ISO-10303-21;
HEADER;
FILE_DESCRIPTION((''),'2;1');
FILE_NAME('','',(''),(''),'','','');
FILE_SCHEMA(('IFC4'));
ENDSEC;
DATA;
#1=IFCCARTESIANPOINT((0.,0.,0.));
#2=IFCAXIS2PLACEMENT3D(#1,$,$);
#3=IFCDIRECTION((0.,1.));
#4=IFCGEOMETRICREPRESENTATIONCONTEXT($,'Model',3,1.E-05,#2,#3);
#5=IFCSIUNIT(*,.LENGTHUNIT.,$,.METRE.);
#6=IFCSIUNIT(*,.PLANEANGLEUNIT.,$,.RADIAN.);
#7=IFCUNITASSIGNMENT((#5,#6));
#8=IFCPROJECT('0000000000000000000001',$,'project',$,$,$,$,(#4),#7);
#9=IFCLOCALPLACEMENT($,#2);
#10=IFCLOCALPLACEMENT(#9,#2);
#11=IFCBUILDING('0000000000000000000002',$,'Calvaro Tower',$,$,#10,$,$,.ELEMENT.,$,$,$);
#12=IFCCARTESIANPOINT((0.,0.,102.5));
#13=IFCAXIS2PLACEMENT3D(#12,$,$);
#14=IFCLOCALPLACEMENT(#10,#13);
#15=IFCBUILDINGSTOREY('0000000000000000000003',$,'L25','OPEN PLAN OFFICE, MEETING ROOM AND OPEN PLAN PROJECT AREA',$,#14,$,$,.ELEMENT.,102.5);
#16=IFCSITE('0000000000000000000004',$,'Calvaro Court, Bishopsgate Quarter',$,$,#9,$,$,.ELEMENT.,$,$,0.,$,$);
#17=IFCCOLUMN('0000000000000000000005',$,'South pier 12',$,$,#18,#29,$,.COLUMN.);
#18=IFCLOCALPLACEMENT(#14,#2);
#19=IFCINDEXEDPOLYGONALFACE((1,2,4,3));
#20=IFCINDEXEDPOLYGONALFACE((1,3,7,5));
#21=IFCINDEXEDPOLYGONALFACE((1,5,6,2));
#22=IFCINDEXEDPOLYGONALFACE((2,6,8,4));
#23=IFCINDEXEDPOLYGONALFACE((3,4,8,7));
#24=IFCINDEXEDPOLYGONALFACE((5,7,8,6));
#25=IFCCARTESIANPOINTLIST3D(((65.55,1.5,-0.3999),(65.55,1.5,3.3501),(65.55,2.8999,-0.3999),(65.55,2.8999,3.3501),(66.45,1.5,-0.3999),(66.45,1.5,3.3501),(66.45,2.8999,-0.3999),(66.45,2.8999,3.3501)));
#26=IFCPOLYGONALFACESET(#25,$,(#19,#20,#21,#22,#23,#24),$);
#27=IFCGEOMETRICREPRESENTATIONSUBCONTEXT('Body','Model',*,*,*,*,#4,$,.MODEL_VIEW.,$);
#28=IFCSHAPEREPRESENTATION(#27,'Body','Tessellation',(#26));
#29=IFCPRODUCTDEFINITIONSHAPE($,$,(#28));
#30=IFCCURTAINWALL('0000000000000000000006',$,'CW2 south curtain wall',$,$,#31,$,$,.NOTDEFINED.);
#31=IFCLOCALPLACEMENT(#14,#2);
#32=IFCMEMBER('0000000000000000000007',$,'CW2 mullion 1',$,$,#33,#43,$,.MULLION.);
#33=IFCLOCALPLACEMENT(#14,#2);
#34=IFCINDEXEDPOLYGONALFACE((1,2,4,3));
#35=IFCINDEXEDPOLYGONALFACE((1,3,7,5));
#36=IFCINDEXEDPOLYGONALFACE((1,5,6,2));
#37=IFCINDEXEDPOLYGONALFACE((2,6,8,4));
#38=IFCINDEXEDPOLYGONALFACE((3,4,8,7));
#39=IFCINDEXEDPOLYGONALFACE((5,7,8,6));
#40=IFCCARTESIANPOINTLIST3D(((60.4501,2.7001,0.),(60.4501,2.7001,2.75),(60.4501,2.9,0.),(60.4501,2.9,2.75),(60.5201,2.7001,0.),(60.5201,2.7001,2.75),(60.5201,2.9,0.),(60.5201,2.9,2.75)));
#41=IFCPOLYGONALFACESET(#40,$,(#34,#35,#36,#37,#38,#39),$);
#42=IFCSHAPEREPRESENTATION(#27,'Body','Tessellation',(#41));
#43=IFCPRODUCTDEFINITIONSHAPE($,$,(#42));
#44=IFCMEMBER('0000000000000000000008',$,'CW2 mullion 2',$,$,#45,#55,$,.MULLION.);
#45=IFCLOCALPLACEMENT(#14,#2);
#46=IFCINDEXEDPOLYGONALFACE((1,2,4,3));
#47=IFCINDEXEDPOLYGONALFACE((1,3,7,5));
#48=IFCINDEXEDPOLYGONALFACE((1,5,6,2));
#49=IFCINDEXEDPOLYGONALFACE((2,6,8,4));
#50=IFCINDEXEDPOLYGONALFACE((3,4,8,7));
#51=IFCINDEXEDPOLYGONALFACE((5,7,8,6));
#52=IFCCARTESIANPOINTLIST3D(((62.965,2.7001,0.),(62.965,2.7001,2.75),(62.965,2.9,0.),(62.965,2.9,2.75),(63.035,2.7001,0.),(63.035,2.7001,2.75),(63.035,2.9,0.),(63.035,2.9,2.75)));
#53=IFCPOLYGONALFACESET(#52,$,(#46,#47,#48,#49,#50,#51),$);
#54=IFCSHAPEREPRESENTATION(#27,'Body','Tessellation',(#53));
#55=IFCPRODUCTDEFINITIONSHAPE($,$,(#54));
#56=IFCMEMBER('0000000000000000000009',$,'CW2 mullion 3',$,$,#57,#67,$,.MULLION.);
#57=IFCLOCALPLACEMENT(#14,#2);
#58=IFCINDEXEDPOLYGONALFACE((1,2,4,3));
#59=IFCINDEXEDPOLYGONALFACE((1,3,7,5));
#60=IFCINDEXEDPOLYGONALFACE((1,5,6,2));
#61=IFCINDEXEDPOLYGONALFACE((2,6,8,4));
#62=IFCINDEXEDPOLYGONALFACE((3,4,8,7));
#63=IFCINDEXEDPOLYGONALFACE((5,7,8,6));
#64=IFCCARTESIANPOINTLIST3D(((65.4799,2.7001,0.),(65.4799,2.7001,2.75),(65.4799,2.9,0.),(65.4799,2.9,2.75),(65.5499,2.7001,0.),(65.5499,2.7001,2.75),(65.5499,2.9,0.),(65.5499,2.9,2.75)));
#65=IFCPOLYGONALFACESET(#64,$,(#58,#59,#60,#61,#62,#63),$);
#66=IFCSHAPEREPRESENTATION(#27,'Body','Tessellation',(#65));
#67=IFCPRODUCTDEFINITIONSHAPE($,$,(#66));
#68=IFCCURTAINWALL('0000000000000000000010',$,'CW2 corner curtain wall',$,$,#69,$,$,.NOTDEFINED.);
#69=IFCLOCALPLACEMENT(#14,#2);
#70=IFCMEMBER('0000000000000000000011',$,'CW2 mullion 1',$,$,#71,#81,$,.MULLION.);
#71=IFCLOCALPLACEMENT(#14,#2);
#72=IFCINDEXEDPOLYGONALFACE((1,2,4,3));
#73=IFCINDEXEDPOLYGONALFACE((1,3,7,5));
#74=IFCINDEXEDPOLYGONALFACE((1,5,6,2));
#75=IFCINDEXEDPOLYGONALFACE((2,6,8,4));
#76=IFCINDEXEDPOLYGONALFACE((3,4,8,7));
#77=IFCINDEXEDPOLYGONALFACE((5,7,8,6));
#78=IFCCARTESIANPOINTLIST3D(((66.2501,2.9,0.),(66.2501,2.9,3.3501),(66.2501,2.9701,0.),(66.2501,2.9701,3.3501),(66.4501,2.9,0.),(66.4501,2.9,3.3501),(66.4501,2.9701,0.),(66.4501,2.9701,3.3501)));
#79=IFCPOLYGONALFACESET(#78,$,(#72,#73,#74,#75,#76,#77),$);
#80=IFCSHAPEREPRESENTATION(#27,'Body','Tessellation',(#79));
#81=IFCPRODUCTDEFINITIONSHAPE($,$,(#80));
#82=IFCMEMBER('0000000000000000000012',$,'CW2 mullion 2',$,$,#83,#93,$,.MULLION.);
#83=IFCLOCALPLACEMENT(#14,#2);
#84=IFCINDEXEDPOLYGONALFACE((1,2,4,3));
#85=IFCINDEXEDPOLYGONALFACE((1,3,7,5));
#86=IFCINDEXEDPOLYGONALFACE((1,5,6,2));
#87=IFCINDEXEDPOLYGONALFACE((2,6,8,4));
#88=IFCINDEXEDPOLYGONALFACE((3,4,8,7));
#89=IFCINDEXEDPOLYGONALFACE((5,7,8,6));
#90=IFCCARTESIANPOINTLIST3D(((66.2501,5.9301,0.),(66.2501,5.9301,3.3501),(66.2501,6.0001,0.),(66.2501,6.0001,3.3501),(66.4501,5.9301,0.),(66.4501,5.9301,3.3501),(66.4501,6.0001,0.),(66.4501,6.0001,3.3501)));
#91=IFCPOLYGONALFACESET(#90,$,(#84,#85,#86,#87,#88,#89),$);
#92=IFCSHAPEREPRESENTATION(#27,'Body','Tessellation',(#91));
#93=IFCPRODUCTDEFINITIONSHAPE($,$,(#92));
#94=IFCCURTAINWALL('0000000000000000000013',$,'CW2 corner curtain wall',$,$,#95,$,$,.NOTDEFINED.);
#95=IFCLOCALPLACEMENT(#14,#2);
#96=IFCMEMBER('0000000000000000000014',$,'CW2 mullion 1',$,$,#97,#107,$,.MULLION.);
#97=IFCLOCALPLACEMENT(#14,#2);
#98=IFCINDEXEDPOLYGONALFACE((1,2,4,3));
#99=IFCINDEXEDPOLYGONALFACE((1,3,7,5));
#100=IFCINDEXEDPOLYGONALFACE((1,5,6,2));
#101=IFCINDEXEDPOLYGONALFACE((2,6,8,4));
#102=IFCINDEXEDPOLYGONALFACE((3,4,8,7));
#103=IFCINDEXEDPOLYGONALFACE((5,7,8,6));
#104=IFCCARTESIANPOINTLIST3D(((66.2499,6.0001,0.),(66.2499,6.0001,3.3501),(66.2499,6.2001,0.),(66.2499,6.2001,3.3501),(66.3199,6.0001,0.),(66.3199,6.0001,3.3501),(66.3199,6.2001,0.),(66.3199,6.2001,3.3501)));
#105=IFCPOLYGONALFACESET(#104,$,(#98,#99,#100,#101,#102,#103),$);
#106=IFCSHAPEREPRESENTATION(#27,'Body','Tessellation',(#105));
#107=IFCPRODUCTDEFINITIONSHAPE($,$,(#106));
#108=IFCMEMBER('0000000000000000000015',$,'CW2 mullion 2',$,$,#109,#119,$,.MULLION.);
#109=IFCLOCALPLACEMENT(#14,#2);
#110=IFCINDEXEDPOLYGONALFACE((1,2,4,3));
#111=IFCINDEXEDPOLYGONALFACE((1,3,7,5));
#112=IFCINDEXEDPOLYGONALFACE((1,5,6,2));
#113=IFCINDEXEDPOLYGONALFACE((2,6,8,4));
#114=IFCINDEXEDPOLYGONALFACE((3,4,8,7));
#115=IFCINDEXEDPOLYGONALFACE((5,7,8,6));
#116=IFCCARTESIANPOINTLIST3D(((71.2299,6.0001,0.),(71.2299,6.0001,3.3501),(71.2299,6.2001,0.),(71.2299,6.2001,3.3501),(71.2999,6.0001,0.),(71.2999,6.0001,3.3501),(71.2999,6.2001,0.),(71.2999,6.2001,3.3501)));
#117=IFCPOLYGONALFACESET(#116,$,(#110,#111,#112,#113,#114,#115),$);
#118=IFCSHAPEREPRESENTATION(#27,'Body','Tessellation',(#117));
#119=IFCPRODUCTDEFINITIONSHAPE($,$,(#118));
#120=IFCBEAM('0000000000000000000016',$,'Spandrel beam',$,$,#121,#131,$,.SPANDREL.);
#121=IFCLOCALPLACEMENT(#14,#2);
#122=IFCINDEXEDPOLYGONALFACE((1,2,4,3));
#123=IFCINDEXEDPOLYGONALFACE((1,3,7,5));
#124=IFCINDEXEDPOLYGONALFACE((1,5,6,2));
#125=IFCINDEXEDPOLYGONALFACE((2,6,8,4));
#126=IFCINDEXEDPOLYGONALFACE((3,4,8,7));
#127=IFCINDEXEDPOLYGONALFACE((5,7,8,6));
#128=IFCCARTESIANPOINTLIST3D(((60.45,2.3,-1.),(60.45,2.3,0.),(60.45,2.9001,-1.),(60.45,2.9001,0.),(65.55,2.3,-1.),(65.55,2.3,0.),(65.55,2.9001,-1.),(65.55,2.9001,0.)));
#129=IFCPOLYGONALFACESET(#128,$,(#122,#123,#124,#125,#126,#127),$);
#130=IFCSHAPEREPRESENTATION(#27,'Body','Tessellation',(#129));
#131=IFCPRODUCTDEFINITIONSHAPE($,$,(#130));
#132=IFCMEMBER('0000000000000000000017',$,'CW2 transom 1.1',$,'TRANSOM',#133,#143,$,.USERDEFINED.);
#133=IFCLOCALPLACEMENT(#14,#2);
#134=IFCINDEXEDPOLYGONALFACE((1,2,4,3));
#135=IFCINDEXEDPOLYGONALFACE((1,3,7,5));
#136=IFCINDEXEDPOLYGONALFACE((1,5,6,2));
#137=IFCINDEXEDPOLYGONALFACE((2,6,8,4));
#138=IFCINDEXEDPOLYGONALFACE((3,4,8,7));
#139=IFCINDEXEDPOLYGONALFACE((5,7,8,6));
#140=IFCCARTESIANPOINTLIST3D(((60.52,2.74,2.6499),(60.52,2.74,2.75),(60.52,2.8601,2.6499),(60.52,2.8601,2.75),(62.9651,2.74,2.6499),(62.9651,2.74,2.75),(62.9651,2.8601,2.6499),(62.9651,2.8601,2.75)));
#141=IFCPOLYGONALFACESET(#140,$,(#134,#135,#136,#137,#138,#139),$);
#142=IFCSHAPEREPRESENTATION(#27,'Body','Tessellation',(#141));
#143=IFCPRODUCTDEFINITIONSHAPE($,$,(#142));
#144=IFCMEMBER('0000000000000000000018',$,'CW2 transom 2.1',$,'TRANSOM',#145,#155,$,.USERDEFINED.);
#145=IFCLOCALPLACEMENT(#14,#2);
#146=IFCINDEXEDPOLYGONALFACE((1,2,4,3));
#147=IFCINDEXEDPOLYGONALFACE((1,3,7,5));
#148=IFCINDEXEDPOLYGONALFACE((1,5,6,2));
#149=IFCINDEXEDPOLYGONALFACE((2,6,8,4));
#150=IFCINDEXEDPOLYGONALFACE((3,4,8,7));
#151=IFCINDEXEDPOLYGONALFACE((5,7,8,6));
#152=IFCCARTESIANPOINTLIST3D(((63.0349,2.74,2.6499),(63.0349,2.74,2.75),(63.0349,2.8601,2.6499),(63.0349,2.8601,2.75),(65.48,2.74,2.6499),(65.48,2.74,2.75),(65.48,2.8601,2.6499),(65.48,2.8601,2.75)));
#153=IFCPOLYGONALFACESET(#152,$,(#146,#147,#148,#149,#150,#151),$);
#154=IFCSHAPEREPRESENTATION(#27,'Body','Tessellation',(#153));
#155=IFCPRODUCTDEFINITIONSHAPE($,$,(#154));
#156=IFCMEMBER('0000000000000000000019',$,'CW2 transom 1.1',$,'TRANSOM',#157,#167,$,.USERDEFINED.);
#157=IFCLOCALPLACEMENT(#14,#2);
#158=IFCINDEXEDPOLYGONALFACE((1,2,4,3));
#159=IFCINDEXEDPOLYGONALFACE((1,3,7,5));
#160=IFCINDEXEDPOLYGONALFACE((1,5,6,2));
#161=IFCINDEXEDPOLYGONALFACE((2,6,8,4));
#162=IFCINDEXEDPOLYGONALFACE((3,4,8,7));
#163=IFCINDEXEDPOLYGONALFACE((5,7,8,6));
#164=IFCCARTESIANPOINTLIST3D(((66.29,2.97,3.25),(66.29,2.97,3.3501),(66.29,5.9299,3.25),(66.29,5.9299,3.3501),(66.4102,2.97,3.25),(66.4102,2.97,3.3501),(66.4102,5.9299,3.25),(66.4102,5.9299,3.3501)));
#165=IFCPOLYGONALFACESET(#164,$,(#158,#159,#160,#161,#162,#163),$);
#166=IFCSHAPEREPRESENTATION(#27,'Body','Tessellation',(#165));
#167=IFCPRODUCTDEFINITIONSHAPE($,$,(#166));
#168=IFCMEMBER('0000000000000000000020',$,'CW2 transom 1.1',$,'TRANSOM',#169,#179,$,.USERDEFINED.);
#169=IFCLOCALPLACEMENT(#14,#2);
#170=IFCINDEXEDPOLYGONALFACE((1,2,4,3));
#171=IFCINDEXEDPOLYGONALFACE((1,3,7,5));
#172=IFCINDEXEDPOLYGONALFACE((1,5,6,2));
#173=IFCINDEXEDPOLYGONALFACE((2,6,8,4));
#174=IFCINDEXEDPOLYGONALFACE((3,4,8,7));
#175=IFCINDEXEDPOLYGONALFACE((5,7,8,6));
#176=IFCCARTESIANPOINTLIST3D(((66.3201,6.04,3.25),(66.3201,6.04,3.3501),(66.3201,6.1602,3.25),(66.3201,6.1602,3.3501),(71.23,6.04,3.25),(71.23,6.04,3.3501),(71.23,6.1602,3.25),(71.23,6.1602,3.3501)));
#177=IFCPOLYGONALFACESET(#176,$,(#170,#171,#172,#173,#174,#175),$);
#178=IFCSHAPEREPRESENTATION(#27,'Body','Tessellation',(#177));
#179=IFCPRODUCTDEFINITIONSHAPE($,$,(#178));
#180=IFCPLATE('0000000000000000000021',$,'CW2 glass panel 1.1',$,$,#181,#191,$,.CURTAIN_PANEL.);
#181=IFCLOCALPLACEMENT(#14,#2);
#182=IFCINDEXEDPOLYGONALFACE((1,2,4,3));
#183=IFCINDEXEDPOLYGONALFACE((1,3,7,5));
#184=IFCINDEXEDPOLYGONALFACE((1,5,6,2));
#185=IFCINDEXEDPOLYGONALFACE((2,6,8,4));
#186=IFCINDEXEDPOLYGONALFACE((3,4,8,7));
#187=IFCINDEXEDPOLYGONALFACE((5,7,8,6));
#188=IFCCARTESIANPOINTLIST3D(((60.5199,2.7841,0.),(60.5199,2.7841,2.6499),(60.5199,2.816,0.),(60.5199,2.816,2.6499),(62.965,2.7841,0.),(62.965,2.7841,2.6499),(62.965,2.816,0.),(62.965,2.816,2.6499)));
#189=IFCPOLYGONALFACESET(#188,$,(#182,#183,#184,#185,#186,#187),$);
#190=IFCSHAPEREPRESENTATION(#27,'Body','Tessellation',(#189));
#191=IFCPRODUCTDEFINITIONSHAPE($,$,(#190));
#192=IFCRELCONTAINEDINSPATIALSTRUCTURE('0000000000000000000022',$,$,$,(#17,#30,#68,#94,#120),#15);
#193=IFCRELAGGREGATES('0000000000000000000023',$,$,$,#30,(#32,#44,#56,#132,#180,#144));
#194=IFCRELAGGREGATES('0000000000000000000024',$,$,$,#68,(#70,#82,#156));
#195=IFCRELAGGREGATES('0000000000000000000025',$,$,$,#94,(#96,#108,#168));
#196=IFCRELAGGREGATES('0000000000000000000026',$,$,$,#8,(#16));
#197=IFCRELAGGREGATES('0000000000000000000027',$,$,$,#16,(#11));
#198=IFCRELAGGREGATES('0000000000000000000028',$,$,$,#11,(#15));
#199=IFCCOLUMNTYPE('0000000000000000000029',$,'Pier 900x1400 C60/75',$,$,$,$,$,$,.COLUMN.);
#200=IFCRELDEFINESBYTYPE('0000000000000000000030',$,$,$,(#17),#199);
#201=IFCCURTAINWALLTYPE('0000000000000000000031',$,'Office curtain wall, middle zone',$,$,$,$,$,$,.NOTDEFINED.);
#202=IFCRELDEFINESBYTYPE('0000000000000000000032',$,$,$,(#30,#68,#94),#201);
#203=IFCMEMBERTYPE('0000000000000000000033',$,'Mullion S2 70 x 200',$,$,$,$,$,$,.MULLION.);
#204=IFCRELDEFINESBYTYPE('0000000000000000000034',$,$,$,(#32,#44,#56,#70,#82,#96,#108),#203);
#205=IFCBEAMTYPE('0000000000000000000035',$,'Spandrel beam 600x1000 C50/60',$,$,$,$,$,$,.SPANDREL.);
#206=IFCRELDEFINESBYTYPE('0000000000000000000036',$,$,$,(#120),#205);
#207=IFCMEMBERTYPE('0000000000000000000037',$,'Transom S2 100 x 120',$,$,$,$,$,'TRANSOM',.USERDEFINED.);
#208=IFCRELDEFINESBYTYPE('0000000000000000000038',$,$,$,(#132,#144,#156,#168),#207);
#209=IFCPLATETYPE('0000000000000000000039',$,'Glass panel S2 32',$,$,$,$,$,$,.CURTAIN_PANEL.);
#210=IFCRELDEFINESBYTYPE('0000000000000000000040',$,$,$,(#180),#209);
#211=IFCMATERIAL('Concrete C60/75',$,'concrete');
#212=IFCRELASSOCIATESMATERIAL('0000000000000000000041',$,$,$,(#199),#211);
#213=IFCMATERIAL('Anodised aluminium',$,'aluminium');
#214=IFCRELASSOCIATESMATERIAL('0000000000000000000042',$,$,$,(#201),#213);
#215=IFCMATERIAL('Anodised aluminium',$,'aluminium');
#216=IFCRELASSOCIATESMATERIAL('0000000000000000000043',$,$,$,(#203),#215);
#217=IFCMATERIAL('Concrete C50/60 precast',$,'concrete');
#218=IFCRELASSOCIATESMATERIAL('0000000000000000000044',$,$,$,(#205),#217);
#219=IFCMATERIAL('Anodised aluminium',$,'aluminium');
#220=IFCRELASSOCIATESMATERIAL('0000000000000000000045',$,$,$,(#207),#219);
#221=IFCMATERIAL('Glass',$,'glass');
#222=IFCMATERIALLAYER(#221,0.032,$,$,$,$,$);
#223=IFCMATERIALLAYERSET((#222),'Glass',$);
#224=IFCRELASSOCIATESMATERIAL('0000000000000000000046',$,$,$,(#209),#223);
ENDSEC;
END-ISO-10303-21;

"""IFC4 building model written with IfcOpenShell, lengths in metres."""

from ifc_helpers import new_model, si_unit, direction, frame, origin, origin_2d, place, context, subcontext, project, spatial, rectangle, extrude, material, layer, layer_set, material_profile, profile_set, type_object, element, aggregate, save


model = new_model("IFC4")

# Units and contexts
model_context = context("Model", 3, precision=1e-05, world=origin(), true_north=direction((0.0, 1.0)))
body_context = subcontext(model_context, "Body", "Model", "MODEL_VIEW")
ifc_project = project(units=[si_unit("LENGTHUNIT", "METRE"), si_unit("PLANEANGLEUNIT", "RADIAN")], contexts=[model_context])

# Site, building, storey
site_placement = place(None, origin())
site = spatial("IfcSite", under=ifc_project, at=site_placement, Name="Calvaro Court, Bishopsgate Quarter", CompositionType="ELEMENT", RefElevation=0.0)
building_placement = place(site_placement, origin())
building = spatial("IfcBuilding", under=site, at=building_placement, Name="Calvaro Tower", CompositionType="ELEMENT")
storey_placement = place(building_placement, frame((0.0, 0.0, 102.5)))
storey = spatial("IfcBuildingStorey", under=building, at=storey_placement, Name="L25", Description="OPEN PLAN OFFICE, MEETING ROOM AND OPEN PLAN PROJECT AREA", CompositionType="ELEMENT", Elevation=102.5)

# Column
ifc_material_1 = material(Name="Concrete C60/75", Category="concrete")
ifc_material_profile_1 = material_profile(ifc_material_1, rectangle(XDim=0.8999, YDim=1.3999, at=origin_2d()), Name="RC 900x1400")
ifc_profile_set_1 = profile_set([ifc_material_profile_1], Name="Concrete C60/75")
column_type = type_object("IfcColumnType", Name="Pier 900x1400 C60/75", PredefinedType="COLUMN", material=ifc_profile_set_1)
column_placement = place(storey_placement, frame((66.0, 2.2, -0.3999), z_axis=(0.0, 0.0, 1.0), x_axis=(1.0, 0.0, 0.0)))
element("IfcColumn", 1, at=column_placement, inside=storey, type_object=column_type, Name="South pier 12", PredefinedType="COLUMN", context=body_context, shape_type="SweptSolid", body=[
    extrude(rectangle(XDim=0.8999, YDim=1.3999, at=origin_2d()), origin(), (0.0, 0.0, 1.0), 3.75),
])

# Curtain walls, members
ifc_material_2 = material(Name="Anodised aluminium", Category="aluminium")
curtain_wall_type = type_object("IfcCurtainWallType", Name="Office curtain wall, middle zone", PredefinedType="NOTDEFINED", material=ifc_material_2)
curtain_wall_1_placement = place(storey_placement, origin())
curtain_wall_1 = element("IfcCurtainWall", 2, at=curtain_wall_1_placement, inside=storey, type_object=curtain_wall_type, Name="CW2 south curtain wall", PredefinedType="NOTDEFINED")
ifc_material_3 = material(Name="Anodised aluminium", Category="aluminium")
ifc_material_profile_2 = material_profile(ifc_material_3, rectangle(XDim=0.2, YDim=0.0701, at=origin_2d()), Name="Mullion S2 70 x 200")
ifc_profile_set_2 = profile_set([ifc_material_profile_2], Name="Anodised aluminium")
member_type_1 = type_object("IfcMemberType", Name="Mullion S2 70 x 200", PredefinedType="MULLION", material=ifc_profile_set_2)
member_1_placement = place(storey_placement, frame((60.4851, 2.8, 0.0), z_axis=(0.0, 0.0, 1.0), x_axis=(0.0, 1.0, 0.0)))
member_1 = element("IfcMember", 3, at=member_1_placement, type_object=member_type_1, Name="CW2 mullion 1", PredefinedType="MULLION", context=body_context, shape_type="SweptSolid", body=[
    extrude(rectangle(XDim=0.2, YDim=0.0701, at=origin_2d()), origin(), (0.0, 0.0, 1.0), 2.75),
])
member_2_placement = place(storey_placement, frame((63.0, 2.8, 0.0), z_axis=(0.0, 0.0, 1.0), x_axis=(0.0, 1.0, 0.0)))
member_2 = element("IfcMember", 4, at=member_2_placement, type_object=member_type_1, Name="CW2 mullion 2", PredefinedType="MULLION", context=body_context, shape_type="SweptSolid", body=[
    extrude(rectangle(XDim=0.2, YDim=0.0701, at=origin_2d()), origin(), (0.0, 0.0, 1.0), 2.75),
])
member_3_placement = place(storey_placement, frame((65.5149, 2.8, 0.0), z_axis=(0.0, 0.0, 1.0), x_axis=(0.0, 1.0, 0.0)))
member_3 = element("IfcMember", 5, at=member_3_placement, type_object=member_type_1, Name="CW2 mullion 3", PredefinedType="MULLION", context=body_context, shape_type="SweptSolid", body=[
    extrude(rectangle(XDim=0.2, YDim=0.0701, at=origin_2d()), origin(), (0.0, 0.0, 1.0), 2.75),
])
curtain_wall_2_placement = place(storey_placement, origin())
curtain_wall_2 = element("IfcCurtainWall", 6, at=curtain_wall_2_placement, inside=storey, type_object=curtain_wall_type, Name="CW2 corner curtain wall", PredefinedType="NOTDEFINED")
member_4_placement = place(storey_placement, frame((66.3501, 2.9351, 0.0), z_axis=(0.0, 0.0, 1.0), x_axis=(-1.0, 0.0, 0.0)))
member_4 = element("IfcMember", 7, at=member_4_placement, type_object=member_type_1, Name="CW2 mullion 1", PredefinedType="MULLION", context=body_context, shape_type="SweptSolid", body=[
    extrude(rectangle(XDim=0.2, YDim=0.0701, at=origin_2d()), origin(), (0.0, 0.0, 1.0), 3.3501),
])
member_5_placement = place(storey_placement, frame((66.3501, 5.9651, 0.0), z_axis=(0.0, 0.0, 1.0), x_axis=(-1.0, 0.0, 0.0)))
member_5 = element("IfcMember", 8, at=member_5_placement, type_object=member_type_1, Name="CW2 mullion 2", PredefinedType="MULLION", context=body_context, shape_type="SweptSolid", body=[
    extrude(rectangle(XDim=0.2, YDim=0.0701, at=origin_2d()), origin(), (0.0, 0.0, 1.0), 3.3501),
])
curtain_wall_3_placement = place(storey_placement, origin())
curtain_wall_3 = element("IfcCurtainWall", 9, at=curtain_wall_3_placement, inside=storey, type_object=curtain_wall_type, Name="CW2 corner curtain wall", PredefinedType="NOTDEFINED")
member_6_placement = place(storey_placement, frame((66.2849, 6.1001, 0.0), z_axis=(0.0, 0.0, 1.0), x_axis=(0.0, 1.0, 0.0)))
member_6 = element("IfcMember", 10, at=member_6_placement, type_object=member_type_1, Name="CW2 mullion 1", PredefinedType="MULLION", context=body_context, shape_type="SweptSolid", body=[
    extrude(rectangle(XDim=0.2, YDim=0.0701, at=origin_2d()), origin(), (0.0, 0.0, 1.0), 3.3501),
])
member_7_placement = place(storey_placement, frame((71.2649, 6.1001, 0.0), z_axis=(0.0, 0.0, 1.0), x_axis=(0.0, 1.0, 0.0)))
member_7 = element("IfcMember", 11, at=member_7_placement, type_object=member_type_1, Name="CW2 mullion 2", PredefinedType="MULLION", context=body_context, shape_type="SweptSolid", body=[
    extrude(rectangle(XDim=0.2, YDim=0.0701, at=origin_2d()), origin(), (0.0, 0.0, 1.0), 3.3501),
])

# Beam
ifc_material_4 = material(Name="Concrete C50/60 precast", Category="concrete")
ifc_material_profile_3 = material_profile(ifc_material_4, rectangle(XDim=0.6001, YDim=1.0, at=origin_2d()), Name="RC 600x1000")
ifc_profile_set_3 = profile_set([ifc_material_profile_3], Name="Concrete C50/60 precast")
beam_type = type_object("IfcBeamType", Name="Spandrel beam 600x1000 C50/60", PredefinedType="SPANDREL", material=ifc_profile_set_3)
beam_placement = place(storey_placement, frame((60.45, 2.6001, -0.5), z_axis=(1.0, 0.0, 0.0), x_axis=(0.0, 1.0, 0.0)))
element("IfcBeam", 12, at=beam_placement, inside=storey, type_object=beam_type, Name="Spandrel beam", PredefinedType="SPANDREL", context=body_context, shape_type="SweptSolid", body=[
    extrude(rectangle(XDim=0.6001, YDim=1.0, at=origin_2d()), origin(), (0.0, 0.0, 1.0), 5.1001),
])

# Members
ifc_material_5 = material(Name="Anodised aluminium", Category="aluminium")
ifc_material_profile_4 = material_profile(ifc_material_5, rectangle(XDim=0.1201, YDim=0.1001, at=origin_2d()), Name="Transom S2 100 x 120")
ifc_profile_set_4 = profile_set([ifc_material_profile_4], Name="Anodised aluminium")
member_type_2 = type_object("IfcMemberType", Name="Transom S2 100 x 120", ElementType="TRANSOM", PredefinedType="USERDEFINED", material=ifc_profile_set_4)
member_8_placement = place(storey_placement, frame((60.52, 2.8, 2.7), z_axis=(1.0, 0.0, 0.0), x_axis=(0.0, 1.0, 0.0)))
member_8 = element("IfcMember", 13, at=member_8_placement, type_object=member_type_2, Name="CW2 transom 1.1", ObjectType="TRANSOM", PredefinedType="USERDEFINED", context=body_context, shape_type="SweptSolid", body=[
    extrude(rectangle(XDim=0.1201, YDim=0.1001, at=origin_2d()), origin(), (0.0, 0.0, 1.0), 2.4451),
])
member_9_placement = place(storey_placement, frame((63.0349, 2.8, 2.7), z_axis=(1.0, 0.0, 0.0), x_axis=(0.0, 1.0, 0.0)))
member_9 = element("IfcMember", 14, at=member_9_placement, type_object=member_type_2, Name="CW2 transom 2.1", ObjectType="TRANSOM", PredefinedType="USERDEFINED", context=body_context, shape_type="SweptSolid", body=[
    extrude(rectangle(XDim=0.1201, YDim=0.1001, at=origin_2d()), origin(), (0.0, 0.0, 1.0), 2.4451),
])
member_10_placement = place(storey_placement, frame((66.3501, 2.97, 3.3), z_axis=(0.0, 1.0, 0.0), x_axis=(-1.0, 0.0, 0.0)))
member_10 = element("IfcMember", 15, at=member_10_placement, type_object=member_type_2, Name="CW2 transom 1.1", ObjectType="TRANSOM", PredefinedType="USERDEFINED", context=body_context, shape_type="SweptSolid", body=[
    extrude(rectangle(XDim=0.1201, YDim=0.1001, at=origin_2d()), origin(), (0.0, 0.0, 1.0), 2.96),
])
member_11_placement = place(storey_placement, frame((66.3201, 6.1001, 3.3), z_axis=(1.0, 0.0, 0.0), x_axis=(0.0, 1.0, 0.0)))
member_11 = element("IfcMember", 16, at=member_11_placement, type_object=member_type_2, Name="CW2 transom 1.1", ObjectType="TRANSOM", PredefinedType="USERDEFINED", context=body_context, shape_type="SweptSolid", body=[
    extrude(rectangle(XDim=0.1201, YDim=0.1001, at=origin_2d()), origin(), (0.0, 0.0, 1.0), 4.9099),
])

# Plate
ifc_material_6 = material(Name="Glass", Category="glass")
ifc_layer_1 = layer(ifc_material_6, 0.032)
ifc_layer_set_1 = layer_set([ifc_layer_1], Name="Glass")
plate_type = type_object("IfcPlateType", Name="Glass panel S2 32", PredefinedType="CURTAIN_PANEL", material=ifc_layer_set_1)
plate_1_placement = place(storey_placement, frame((61.7424, 2.8, 0.0), z_axis=(0.0, 0.0, 1.0), x_axis=(1.0, 0.0, 0.0)))
plate_1 = element("IfcPlate", 17, at=plate_1_placement, type_object=plate_type, Name="CW2 glass panel 1.1", PredefinedType="CURTAIN_PANEL", context=body_context, shape_type="SweptSolid", body=[
    extrude(rectangle(XDim=2.4451, YDim=0.032, at=origin_2d()), origin(), (0.0, 0.0, 1.0), 2.6499),
])
aggregate(curtain_wall_1, [member_1, member_2, member_3, member_8, plate_1, member_9])
aggregate(curtain_wall_2, [member_4, member_5, member_10])
aggregate(curtain_wall_3, [member_6, member_7, member_11])

save(model, "model.ifc")
